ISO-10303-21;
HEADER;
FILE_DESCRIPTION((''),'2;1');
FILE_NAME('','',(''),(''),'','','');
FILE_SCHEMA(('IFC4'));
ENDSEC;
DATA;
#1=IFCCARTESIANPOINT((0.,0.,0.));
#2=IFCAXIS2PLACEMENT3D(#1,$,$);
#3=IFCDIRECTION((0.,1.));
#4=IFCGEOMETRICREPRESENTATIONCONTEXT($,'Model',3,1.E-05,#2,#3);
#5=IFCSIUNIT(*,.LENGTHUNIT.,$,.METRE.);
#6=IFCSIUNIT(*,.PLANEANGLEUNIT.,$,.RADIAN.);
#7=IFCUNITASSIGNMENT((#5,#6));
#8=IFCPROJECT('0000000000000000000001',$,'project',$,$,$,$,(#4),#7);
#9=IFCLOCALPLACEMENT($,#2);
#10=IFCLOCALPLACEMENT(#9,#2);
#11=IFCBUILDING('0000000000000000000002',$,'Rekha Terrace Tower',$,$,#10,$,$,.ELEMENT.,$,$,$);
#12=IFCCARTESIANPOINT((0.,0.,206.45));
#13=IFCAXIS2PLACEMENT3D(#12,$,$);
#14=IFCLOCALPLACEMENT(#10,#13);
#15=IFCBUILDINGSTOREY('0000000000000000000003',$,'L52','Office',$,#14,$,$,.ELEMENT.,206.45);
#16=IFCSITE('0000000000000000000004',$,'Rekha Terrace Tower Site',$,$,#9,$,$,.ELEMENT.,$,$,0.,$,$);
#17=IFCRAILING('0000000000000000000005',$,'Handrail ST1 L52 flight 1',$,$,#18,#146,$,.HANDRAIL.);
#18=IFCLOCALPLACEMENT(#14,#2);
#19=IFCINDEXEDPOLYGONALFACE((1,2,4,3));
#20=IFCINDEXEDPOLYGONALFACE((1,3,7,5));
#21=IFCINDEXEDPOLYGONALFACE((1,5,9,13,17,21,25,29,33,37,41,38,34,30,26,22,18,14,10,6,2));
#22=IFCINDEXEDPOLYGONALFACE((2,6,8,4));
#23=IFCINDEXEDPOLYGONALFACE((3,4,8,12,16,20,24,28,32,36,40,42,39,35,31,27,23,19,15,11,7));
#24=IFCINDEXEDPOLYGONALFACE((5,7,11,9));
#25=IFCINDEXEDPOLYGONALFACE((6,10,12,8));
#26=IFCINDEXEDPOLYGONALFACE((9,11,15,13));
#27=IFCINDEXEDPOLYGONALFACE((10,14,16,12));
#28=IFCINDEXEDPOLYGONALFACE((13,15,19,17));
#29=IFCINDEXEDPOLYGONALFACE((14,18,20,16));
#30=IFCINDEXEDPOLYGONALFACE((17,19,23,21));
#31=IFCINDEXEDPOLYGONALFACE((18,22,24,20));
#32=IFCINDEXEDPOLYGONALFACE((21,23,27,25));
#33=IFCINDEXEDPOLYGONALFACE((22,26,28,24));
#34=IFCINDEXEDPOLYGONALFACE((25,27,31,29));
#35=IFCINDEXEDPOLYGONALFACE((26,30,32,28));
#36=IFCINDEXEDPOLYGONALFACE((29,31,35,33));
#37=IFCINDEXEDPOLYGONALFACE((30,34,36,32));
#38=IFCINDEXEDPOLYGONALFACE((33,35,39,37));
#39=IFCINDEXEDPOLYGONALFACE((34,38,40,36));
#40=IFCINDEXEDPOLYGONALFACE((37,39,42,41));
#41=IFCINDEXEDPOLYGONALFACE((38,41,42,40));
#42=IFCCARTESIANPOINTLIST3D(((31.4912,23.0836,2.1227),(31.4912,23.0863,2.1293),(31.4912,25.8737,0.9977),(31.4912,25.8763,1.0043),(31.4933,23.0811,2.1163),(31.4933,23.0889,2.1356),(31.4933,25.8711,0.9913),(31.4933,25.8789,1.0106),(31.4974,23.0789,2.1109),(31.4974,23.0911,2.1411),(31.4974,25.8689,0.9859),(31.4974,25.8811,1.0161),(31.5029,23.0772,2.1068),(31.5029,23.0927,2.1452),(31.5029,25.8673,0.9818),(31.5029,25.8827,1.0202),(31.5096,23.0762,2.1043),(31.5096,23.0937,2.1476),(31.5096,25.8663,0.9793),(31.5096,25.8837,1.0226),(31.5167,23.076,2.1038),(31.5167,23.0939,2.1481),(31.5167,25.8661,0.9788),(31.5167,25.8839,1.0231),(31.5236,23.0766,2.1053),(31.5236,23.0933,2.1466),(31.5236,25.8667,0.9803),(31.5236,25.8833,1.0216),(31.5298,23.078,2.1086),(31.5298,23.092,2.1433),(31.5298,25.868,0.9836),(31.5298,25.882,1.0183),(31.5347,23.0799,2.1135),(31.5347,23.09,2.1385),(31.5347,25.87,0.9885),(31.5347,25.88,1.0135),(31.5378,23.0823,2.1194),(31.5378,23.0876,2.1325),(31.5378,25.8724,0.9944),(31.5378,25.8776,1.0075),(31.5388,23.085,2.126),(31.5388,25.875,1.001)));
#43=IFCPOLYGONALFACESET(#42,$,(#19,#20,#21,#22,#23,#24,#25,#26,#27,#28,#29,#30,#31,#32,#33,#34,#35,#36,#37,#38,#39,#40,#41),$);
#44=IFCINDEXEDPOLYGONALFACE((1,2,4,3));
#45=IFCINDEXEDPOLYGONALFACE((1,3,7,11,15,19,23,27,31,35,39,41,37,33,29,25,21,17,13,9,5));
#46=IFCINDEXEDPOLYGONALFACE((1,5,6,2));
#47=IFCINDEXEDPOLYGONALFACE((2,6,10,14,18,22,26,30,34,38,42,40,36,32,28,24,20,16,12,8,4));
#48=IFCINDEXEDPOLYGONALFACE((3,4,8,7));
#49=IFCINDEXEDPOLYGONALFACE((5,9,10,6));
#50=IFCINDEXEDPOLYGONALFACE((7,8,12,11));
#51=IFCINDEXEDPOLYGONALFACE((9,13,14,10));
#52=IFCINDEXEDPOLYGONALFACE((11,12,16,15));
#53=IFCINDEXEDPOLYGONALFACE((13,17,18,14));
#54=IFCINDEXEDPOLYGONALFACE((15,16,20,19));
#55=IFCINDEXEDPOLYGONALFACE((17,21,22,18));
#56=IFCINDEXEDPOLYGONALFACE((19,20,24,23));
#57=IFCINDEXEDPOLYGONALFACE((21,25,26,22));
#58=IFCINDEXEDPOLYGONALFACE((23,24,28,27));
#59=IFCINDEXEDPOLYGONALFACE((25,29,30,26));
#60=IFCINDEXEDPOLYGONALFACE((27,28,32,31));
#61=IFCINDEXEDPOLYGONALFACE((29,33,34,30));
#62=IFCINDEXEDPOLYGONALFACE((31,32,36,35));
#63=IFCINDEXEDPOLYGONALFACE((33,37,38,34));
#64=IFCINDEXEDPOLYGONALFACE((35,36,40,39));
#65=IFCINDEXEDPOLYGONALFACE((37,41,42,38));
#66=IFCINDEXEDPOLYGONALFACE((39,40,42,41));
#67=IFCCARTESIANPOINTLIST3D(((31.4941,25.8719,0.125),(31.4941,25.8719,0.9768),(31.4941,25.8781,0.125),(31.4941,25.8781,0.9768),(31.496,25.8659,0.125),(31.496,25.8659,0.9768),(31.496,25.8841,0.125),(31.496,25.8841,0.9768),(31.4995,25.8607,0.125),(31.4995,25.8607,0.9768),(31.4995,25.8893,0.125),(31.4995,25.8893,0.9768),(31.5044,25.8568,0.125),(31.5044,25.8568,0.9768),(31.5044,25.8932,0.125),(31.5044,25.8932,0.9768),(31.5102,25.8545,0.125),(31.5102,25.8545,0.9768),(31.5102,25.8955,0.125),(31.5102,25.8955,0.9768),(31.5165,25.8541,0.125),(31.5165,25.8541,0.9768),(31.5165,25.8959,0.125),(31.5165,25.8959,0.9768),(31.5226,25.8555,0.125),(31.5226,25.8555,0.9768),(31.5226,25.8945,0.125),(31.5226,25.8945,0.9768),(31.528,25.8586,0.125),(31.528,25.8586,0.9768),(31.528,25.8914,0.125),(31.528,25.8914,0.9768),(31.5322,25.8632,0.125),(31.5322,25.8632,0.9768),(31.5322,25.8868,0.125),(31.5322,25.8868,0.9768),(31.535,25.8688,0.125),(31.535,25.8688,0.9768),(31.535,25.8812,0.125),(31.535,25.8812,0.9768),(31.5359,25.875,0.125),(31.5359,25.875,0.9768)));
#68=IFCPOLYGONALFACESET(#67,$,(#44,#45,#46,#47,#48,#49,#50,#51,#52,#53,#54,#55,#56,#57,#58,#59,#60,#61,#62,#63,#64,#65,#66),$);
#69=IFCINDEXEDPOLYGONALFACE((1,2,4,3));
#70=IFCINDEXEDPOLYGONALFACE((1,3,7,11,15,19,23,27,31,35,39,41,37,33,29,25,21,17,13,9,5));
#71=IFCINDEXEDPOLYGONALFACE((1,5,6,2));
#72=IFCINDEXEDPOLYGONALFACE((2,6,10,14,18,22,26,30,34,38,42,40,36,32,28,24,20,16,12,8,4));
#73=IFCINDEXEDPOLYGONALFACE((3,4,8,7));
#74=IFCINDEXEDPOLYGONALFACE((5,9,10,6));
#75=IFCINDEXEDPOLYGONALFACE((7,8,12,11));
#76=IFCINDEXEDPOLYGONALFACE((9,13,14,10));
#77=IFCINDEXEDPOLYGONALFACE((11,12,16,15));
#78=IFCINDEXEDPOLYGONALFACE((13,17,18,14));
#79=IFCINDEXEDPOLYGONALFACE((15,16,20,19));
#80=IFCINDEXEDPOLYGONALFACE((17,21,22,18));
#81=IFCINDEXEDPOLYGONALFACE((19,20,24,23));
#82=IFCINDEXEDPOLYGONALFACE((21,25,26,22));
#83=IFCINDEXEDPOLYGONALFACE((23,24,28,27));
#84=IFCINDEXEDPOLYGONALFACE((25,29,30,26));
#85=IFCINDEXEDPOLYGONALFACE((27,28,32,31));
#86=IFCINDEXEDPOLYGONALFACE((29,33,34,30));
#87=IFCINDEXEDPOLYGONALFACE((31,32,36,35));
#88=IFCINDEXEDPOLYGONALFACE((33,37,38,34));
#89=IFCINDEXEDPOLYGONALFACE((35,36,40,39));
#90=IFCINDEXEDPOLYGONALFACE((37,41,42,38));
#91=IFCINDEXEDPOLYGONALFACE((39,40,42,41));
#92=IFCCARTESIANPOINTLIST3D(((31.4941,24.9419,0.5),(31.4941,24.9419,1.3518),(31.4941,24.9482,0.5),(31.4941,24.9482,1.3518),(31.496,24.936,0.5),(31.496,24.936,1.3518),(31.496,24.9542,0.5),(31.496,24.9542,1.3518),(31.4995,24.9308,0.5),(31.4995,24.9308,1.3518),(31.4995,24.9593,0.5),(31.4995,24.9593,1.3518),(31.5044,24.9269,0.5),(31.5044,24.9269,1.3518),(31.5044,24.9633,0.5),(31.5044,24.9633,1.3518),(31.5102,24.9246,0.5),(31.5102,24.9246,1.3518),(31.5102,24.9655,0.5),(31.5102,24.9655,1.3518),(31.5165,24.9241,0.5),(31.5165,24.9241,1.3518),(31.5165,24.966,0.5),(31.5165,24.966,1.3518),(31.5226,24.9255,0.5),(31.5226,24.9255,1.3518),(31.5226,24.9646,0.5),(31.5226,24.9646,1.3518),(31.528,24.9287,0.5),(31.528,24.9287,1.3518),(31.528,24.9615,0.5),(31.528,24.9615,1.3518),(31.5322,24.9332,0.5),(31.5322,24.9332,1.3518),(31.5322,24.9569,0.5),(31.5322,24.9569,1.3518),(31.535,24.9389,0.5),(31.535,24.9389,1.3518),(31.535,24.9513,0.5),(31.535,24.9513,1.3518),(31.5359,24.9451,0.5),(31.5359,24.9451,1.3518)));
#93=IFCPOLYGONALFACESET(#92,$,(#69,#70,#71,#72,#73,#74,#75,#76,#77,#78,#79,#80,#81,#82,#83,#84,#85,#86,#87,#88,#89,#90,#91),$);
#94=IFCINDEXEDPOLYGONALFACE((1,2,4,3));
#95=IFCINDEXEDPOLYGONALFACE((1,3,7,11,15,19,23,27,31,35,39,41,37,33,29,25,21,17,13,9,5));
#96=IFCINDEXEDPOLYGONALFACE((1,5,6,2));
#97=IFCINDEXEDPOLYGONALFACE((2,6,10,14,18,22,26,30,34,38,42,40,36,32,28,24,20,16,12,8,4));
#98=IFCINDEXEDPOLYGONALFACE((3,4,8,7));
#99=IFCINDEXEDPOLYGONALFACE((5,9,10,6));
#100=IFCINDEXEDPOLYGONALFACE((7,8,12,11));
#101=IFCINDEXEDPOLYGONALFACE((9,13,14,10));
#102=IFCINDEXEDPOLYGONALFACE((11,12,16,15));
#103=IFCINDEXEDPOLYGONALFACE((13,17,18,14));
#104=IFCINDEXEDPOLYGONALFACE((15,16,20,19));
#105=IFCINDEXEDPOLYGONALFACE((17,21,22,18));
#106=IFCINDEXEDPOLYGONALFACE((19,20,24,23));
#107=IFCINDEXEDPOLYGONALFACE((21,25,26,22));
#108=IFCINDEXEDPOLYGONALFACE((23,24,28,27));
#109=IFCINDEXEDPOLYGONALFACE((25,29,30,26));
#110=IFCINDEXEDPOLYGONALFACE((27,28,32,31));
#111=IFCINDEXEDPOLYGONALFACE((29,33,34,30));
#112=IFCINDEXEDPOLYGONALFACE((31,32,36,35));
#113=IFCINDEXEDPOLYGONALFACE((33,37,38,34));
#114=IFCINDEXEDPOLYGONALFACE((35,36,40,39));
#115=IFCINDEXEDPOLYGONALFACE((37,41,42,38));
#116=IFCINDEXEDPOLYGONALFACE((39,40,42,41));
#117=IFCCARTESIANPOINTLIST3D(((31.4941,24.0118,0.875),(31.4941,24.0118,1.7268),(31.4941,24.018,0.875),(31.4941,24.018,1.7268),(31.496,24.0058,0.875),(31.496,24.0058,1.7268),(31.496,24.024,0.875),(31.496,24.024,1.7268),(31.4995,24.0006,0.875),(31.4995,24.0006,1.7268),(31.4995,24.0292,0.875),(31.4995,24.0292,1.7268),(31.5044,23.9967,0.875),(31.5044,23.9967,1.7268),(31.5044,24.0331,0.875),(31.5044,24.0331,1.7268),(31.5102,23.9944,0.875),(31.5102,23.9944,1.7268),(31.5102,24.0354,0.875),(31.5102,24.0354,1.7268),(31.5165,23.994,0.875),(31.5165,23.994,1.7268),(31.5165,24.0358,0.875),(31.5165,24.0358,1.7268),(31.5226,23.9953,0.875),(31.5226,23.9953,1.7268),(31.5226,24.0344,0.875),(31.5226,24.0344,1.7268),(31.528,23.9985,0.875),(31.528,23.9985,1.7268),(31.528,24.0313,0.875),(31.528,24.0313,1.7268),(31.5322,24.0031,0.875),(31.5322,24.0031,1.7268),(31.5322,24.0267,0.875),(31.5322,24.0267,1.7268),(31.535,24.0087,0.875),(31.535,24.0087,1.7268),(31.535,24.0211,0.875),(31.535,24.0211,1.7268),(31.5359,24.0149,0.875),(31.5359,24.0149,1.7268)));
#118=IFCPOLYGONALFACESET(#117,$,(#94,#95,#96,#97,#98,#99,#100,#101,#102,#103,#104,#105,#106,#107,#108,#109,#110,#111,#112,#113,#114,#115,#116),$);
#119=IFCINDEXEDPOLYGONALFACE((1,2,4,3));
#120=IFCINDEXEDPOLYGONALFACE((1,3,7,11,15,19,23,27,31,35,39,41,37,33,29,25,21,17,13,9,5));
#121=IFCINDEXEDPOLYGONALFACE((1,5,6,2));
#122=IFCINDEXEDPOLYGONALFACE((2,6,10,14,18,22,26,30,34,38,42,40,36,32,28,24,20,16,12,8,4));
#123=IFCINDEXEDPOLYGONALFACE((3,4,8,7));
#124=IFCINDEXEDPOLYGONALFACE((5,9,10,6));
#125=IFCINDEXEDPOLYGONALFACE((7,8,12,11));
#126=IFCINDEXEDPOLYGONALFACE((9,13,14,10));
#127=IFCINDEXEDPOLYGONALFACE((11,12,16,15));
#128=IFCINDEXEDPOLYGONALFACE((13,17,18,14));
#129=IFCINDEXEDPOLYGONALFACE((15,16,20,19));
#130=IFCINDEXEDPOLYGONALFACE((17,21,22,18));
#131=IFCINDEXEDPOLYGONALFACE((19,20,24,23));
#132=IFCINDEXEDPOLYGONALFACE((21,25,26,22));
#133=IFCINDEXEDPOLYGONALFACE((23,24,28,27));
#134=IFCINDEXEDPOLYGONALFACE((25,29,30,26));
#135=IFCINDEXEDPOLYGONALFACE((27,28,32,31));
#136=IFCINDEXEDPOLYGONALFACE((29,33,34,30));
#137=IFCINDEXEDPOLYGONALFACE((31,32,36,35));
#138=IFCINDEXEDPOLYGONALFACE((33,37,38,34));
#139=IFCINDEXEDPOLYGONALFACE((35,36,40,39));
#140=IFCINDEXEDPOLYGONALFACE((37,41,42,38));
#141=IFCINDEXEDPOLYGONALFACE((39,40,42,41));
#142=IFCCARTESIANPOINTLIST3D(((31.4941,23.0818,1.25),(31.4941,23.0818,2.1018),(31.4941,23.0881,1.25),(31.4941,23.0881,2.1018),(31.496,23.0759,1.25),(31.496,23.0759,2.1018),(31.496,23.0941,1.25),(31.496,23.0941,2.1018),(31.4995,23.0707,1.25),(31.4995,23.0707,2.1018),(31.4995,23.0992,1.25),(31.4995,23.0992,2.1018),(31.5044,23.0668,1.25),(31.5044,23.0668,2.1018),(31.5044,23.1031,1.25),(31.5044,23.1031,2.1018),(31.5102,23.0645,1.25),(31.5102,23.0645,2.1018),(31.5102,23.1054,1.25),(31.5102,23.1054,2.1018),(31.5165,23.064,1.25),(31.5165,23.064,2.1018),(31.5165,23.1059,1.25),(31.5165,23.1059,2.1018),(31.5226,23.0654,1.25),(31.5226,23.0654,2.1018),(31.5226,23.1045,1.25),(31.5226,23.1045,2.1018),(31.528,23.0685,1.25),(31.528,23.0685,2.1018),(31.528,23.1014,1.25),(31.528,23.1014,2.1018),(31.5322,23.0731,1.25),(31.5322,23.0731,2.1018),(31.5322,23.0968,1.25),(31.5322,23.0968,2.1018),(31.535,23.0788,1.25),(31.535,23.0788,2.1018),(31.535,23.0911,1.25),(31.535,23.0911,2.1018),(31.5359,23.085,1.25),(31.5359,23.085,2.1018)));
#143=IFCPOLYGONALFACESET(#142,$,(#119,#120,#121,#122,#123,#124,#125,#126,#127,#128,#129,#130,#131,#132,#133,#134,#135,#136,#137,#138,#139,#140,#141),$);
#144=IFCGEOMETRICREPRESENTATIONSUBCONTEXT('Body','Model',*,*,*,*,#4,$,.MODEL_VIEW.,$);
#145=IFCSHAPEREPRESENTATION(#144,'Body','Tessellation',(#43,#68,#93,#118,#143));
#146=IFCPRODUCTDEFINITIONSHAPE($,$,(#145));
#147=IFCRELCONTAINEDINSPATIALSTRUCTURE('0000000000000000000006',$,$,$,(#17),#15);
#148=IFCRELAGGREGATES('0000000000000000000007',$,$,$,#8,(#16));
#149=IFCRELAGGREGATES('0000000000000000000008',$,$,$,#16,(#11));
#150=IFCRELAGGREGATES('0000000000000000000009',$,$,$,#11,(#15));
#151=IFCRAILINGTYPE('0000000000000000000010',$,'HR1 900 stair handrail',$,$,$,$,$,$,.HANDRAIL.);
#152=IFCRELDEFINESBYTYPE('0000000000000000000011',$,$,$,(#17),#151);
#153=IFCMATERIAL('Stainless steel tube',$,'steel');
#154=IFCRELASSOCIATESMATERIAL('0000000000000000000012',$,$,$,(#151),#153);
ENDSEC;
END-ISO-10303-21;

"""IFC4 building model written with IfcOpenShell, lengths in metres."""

from ifc_helpers import new_model, si_unit, direction, frame, origin, origin_2d, place, context, subcontext, project, spatial, circle, extrude, material, type_object, element, save


model = new_model("IFC4")

# Units and contexts
model_context = context("Model", 3, precision=1e-05, world=origin(), true_north=direction((0.0, 1.0)))
body_context = subcontext(model_context, "Body", "Model", "MODEL_VIEW")
ifc_project = project(units=[si_unit("LENGTHUNIT", "METRE"), si_unit("PLANEANGLEUNIT", "RADIAN")], contexts=[model_context])

# Site, building, storey
site_placement = place(None, origin())
site = spatial("IfcSite", under=ifc_project, at=site_placement, Name="Rekha Terrace Tower Site", CompositionType="ELEMENT", RefElevation=0.0)
building_placement = place(site_placement, origin())
building = spatial("IfcBuilding", under=site, at=building_placement, Name="Rekha Terrace Tower", CompositionType="ELEMENT")
storey_placement = place(building_placement, frame((0.0, 0.0, 206.45)))
storey = spatial("IfcBuildingStorey", under=building, at=storey_placement, Name="L52", Description="Office", CompositionType="ELEMENT", Elevation=206.45)

# Railing
ifc_material_1 = material(Name="Stainless steel tube", Category="steel")
railing_type_1 = type_object("IfcRailingType", Name="HR1 900 stair handrail", PredefinedType="HANDRAIL", material=ifc_material_1)
railing_1_placement = place(storey_placement, frame((31.5149, 25.875, 0.125)))
element("IfcRailing", 1, at=railing_1_placement, inside=storey, type_object=railing_type_1, Name="Handrail ST1 L52 flight 1", PredefinedType="HANDRAIL", context=body_context, shape_type="SweptSolid", body=[
    extrude(circle(Radius=0.0239, at=origin_2d()), frame((0.0, 0.0, 0.876), z_axis=(0.0, -0.927443, 0.373964), x_axis=(1.0, 0.0, 0.0)), (0.0, 0.0, 1.0), 3.0083),
    extrude(circle(Radius=0.021, at=origin_2d()), origin(), (0.0, 0.0, 1.0), 0.8518),
    extrude(circle(Radius=0.021, at=origin_2d()), frame((0.0, -0.9299, 0.375)), (0.0, 0.0, 1.0), 0.8518),
    extrude(circle(Radius=0.021, at=origin_2d()), frame((0.0, -1.8601, 0.75)), (0.0, 0.0, 1.0), 0.8518),
    extrude(circle(Radius=0.021, at=origin_2d()), frame((0.0, -2.79, 1.125)), (0.0, 0.0, 1.0), 0.8518),
])

save(model, "model.ifc")
